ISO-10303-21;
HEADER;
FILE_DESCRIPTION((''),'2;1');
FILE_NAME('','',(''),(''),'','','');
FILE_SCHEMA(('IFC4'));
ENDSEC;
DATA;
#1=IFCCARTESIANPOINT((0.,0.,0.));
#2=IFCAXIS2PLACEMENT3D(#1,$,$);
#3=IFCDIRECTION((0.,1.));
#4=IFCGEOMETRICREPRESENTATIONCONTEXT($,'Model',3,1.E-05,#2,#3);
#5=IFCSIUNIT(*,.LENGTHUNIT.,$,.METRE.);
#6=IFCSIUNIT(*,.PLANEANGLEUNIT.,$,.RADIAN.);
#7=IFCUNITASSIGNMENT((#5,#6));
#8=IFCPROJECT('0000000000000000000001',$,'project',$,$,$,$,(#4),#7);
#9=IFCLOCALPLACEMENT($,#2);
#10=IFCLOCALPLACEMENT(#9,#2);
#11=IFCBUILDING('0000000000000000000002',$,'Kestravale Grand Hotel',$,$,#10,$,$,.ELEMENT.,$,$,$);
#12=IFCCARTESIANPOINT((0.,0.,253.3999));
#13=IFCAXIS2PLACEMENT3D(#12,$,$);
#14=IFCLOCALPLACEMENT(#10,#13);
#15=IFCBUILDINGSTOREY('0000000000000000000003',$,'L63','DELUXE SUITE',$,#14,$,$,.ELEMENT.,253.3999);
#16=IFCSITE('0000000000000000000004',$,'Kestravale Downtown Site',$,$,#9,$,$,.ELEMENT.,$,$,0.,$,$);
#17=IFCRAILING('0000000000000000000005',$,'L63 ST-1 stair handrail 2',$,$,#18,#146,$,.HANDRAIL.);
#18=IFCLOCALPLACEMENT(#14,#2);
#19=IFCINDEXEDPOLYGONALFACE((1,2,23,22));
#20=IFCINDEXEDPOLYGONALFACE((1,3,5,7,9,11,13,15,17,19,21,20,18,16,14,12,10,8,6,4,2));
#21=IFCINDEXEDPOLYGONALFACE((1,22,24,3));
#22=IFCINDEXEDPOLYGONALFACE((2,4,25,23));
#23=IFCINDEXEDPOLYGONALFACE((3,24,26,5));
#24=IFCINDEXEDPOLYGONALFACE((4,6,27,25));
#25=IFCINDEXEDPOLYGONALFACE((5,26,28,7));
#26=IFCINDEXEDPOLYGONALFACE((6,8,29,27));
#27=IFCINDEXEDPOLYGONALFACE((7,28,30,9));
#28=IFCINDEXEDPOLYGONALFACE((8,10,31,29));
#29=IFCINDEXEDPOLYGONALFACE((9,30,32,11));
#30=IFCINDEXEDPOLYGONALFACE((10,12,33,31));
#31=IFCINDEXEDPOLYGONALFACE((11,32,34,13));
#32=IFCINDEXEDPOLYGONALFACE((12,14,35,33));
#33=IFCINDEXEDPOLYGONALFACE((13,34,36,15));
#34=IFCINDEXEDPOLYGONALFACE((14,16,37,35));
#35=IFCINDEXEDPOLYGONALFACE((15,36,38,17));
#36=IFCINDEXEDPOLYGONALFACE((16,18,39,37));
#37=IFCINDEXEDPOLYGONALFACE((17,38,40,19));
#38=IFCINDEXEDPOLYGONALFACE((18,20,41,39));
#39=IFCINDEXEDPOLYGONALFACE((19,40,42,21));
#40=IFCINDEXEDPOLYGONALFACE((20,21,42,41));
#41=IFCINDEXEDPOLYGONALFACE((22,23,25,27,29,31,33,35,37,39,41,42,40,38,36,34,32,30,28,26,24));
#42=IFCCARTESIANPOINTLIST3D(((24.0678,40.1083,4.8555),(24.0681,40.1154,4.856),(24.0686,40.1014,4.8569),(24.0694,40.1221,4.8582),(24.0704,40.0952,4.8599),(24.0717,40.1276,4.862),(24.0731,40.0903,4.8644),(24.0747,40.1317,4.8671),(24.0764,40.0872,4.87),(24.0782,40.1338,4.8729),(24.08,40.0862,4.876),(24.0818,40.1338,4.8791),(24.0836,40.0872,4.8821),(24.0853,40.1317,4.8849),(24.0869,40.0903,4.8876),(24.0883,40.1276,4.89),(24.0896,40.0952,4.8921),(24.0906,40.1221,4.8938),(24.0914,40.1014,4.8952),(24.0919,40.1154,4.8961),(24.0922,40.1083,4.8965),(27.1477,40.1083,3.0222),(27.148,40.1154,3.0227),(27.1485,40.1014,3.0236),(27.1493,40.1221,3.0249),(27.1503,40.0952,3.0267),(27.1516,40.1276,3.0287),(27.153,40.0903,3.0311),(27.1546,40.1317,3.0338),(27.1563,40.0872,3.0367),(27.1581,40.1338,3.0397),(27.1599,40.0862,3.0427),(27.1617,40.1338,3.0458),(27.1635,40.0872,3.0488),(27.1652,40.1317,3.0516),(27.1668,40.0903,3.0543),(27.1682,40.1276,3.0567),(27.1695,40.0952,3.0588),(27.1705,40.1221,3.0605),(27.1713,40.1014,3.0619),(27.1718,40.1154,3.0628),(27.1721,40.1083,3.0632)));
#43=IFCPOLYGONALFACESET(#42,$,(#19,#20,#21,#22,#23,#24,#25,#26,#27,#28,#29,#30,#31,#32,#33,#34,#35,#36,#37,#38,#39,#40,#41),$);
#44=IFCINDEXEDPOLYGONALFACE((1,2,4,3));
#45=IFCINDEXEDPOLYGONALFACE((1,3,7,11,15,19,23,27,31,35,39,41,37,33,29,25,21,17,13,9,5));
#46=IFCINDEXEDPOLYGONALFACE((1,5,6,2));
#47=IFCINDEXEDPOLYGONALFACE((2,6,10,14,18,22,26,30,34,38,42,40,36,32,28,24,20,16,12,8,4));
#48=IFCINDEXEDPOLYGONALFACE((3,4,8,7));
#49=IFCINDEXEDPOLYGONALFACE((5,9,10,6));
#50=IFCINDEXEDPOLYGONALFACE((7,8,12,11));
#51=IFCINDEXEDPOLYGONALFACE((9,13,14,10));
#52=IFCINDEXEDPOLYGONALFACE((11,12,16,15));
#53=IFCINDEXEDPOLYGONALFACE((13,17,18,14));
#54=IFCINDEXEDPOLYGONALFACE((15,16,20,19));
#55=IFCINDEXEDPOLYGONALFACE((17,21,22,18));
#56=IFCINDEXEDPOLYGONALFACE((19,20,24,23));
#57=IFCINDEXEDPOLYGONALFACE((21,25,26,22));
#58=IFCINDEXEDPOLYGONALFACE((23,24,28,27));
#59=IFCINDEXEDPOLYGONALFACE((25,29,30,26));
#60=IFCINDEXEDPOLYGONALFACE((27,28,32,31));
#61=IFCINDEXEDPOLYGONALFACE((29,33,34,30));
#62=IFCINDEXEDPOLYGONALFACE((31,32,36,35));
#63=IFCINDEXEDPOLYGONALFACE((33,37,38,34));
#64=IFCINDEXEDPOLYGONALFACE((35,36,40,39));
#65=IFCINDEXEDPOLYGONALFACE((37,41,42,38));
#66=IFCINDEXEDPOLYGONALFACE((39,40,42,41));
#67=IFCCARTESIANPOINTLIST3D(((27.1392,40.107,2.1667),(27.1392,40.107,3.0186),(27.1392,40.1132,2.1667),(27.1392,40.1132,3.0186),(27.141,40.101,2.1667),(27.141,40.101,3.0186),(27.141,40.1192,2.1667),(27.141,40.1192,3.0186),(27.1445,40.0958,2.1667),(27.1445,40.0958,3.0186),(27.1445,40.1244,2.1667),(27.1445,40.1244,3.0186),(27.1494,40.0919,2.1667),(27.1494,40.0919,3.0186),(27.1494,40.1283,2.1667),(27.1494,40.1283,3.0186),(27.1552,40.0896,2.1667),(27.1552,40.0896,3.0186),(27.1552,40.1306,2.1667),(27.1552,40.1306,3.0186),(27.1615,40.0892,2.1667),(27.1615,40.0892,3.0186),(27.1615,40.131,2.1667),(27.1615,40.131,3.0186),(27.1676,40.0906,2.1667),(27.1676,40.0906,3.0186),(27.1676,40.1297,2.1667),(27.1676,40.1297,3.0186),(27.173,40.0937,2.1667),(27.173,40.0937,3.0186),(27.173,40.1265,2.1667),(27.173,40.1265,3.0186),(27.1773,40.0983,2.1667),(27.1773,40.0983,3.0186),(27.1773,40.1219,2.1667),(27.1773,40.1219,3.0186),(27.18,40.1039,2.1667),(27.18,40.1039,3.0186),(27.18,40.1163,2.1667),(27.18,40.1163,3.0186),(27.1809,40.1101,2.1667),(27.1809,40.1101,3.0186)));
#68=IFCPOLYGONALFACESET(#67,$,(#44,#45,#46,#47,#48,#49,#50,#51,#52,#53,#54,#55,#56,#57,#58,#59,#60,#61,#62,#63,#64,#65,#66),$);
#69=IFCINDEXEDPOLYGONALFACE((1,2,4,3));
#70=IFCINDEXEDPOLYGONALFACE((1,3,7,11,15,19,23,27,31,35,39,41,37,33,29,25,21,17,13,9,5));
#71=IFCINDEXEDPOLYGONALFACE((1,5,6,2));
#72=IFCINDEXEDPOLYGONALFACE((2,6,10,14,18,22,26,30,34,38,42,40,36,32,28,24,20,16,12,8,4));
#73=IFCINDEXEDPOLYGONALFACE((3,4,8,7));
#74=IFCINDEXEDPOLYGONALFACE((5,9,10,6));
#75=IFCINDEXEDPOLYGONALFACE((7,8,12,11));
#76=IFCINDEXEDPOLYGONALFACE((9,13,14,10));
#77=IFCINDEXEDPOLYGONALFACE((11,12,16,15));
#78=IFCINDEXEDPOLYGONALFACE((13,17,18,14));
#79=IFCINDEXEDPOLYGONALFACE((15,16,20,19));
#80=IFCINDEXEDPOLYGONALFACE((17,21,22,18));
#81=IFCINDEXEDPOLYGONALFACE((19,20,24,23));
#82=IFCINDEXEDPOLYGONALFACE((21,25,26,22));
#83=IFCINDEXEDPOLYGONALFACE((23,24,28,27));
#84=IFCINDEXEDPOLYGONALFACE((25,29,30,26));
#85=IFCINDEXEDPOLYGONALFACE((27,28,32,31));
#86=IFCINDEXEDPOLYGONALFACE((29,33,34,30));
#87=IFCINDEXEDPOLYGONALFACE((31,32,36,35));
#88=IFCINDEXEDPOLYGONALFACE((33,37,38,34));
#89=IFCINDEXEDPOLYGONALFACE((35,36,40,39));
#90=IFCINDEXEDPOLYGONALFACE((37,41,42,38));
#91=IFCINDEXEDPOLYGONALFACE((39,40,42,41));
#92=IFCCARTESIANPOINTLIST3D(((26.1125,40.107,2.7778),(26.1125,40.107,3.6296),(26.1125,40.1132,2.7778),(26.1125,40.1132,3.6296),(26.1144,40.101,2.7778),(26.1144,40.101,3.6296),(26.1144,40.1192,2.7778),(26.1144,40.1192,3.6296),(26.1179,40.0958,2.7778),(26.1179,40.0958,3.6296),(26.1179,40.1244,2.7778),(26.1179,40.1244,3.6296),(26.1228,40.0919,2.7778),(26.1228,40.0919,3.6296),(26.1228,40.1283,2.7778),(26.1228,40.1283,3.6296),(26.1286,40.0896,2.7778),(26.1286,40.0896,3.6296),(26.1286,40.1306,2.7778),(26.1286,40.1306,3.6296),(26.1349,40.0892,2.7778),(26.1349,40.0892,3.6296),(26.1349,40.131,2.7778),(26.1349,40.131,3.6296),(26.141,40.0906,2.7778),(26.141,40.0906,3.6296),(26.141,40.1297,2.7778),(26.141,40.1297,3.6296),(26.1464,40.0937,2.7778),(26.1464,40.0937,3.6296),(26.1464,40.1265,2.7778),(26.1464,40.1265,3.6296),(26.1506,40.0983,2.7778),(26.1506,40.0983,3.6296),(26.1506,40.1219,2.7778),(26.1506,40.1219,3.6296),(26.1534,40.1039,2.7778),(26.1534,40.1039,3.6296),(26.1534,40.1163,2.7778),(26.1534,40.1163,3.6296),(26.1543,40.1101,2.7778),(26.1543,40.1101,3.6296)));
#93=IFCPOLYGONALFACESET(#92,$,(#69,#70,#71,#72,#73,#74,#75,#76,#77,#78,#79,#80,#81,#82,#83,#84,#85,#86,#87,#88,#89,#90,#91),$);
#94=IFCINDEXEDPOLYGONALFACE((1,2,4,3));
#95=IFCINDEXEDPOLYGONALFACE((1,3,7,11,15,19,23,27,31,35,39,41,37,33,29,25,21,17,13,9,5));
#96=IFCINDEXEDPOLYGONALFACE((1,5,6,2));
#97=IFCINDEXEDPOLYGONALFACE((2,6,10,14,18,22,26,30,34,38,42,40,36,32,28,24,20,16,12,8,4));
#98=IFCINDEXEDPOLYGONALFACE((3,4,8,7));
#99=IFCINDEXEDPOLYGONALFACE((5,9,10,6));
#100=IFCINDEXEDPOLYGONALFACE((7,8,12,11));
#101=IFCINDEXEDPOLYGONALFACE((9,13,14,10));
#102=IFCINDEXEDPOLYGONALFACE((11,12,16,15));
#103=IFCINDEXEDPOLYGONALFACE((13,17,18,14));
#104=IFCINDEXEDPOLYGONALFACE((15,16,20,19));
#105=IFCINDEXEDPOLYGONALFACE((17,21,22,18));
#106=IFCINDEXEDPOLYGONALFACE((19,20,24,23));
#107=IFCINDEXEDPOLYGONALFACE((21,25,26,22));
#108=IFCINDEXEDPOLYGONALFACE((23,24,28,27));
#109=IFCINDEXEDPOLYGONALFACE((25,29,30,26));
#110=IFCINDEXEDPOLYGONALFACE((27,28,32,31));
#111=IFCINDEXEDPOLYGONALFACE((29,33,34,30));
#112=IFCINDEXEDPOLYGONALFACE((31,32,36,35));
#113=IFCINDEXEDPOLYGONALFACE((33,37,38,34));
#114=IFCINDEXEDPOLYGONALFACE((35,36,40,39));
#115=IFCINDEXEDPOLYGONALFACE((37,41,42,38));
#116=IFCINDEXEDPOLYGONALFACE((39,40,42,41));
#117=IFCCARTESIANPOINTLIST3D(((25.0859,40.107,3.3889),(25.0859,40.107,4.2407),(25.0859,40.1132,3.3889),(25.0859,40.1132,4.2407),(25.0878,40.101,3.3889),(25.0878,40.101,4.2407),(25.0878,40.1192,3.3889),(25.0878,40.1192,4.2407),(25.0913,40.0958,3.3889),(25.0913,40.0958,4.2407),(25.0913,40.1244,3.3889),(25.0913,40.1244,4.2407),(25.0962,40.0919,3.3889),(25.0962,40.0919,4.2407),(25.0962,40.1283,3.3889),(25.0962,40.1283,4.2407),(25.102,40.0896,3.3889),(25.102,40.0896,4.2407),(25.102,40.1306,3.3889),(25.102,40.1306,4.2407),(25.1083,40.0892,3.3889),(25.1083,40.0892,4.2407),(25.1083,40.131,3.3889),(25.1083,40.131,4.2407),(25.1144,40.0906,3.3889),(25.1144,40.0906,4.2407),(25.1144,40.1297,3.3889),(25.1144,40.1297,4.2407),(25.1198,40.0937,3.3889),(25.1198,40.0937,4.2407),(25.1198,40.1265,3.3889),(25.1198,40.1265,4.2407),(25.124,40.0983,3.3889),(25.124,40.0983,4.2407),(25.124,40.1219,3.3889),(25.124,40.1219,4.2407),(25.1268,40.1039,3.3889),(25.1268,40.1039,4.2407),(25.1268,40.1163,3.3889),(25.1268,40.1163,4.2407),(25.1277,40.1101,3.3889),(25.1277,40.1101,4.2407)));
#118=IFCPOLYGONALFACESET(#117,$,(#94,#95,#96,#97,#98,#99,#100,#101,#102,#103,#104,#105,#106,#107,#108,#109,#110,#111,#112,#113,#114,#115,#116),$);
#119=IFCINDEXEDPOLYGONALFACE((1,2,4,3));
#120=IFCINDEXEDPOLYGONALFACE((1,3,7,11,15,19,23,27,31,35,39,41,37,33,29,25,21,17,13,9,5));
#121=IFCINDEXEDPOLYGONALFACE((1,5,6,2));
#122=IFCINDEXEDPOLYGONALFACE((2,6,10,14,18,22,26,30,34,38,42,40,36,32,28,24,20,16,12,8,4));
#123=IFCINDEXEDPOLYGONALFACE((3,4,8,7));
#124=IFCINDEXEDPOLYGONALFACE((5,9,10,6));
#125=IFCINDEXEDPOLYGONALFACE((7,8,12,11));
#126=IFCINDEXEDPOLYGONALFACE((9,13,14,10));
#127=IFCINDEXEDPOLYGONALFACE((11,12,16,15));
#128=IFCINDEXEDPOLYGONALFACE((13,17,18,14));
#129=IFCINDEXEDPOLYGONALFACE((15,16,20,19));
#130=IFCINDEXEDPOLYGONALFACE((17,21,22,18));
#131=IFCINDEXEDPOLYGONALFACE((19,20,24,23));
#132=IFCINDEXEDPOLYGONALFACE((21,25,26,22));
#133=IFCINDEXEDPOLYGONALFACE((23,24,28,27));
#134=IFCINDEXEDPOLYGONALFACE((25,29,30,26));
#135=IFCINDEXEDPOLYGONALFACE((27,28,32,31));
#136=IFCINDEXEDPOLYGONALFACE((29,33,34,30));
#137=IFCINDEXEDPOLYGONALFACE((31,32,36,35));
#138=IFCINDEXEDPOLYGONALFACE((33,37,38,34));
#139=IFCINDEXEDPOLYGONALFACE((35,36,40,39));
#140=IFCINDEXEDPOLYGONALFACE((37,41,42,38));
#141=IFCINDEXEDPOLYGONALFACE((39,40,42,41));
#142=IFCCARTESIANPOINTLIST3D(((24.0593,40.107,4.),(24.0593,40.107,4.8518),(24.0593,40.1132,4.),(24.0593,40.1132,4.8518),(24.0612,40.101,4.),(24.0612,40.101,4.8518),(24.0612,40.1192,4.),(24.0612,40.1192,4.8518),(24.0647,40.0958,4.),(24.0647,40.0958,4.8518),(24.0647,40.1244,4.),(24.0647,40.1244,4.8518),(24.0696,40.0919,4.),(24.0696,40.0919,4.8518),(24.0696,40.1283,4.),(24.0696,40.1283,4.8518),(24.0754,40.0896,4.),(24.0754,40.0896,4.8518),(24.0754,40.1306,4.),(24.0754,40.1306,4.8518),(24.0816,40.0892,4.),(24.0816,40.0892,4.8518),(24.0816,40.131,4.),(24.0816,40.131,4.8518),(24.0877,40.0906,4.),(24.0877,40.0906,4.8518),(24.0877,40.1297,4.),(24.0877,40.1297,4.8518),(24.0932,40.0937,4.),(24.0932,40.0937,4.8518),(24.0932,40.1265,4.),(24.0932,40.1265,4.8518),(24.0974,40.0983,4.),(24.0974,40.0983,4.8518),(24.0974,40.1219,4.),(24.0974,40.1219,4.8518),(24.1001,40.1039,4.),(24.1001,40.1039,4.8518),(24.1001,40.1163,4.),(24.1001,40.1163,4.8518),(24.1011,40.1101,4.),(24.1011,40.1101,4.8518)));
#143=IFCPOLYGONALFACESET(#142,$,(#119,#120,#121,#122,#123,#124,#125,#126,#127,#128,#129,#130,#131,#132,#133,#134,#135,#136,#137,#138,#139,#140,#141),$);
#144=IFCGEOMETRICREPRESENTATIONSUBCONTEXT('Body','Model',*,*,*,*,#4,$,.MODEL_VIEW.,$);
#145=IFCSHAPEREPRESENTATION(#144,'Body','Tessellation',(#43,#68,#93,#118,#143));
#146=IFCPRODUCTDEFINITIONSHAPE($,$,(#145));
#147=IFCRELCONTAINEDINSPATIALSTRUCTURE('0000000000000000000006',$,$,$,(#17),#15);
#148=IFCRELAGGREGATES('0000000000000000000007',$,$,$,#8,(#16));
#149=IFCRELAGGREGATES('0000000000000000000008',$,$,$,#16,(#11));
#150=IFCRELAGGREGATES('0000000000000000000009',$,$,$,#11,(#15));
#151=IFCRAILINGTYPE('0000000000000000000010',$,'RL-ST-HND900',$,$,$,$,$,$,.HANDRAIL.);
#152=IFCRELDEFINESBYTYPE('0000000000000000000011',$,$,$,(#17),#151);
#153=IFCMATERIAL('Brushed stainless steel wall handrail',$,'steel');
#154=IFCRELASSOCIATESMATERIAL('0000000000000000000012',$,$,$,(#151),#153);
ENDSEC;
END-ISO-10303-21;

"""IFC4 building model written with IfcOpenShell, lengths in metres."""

from ifc_helpers import new_model, si_unit, direction, frame, origin, origin_2d, place, context, subcontext, project, spatial, circle, extrude, material, type_object, element, save


model = new_model("IFC4")

# Units and contexts
model_context = context("Model", 3, precision=1e-05, world=origin(), true_north=direction((0.0, 1.0)))
body_context = subcontext(model_context, "Body", "Model", "MODEL_VIEW")
ifc_project = project(units=[si_unit("LENGTHUNIT", "METRE"), si_unit("PLANEANGLEUNIT", "RADIAN")], contexts=[model_context])

# Site, building, storey
site_placement = place(None, origin())
site = spatial("IfcSite", under=ifc_project, at=site_placement, Name="Kestravale Downtown Site", CompositionType="ELEMENT", RefElevation=0.0)
building_placement = place(site_placement, origin())
building = spatial("IfcBuilding", under=site, at=building_placement, Name="Kestravale Grand Hotel", CompositionType="ELEMENT")
storey_placement = place(building_placement, frame((0.0, 0.0, 253.3999)))
storey = spatial("IfcBuildingStorey", under=building, at=storey_placement, Name="L63", Description="DELUXE SUITE", CompositionType="ELEMENT", Elevation=253.3999)

# Railing
ifc_material_1 = material(Name="Brushed stainless steel wall handrail", Category="steel")
railing_type_1 = type_object("IfcRailingType", Name="RL-ST-HND900", PredefinedType="HANDRAIL", material=ifc_material_1)
railing_1_placement = place(storey_placement, frame((27.1599, 40.1101, 2.1667)))
element("IfcRailing", 1, at=railing_1_placement, inside=storey, type_object=railing_type_1, Name="L63 ST-1 stair handrail 2", PredefinedType="HANDRAIL", context=body_context, shape_type="SweptSolid", body=[
    extrude(circle(Radius=0.0239, at=origin_2d()), frame((0.0, 0.0, 0.876), z_axis=(-0.859291, 0.0, 0.511487), x_axis=(0.0, -1.0, 0.0)), (0.0, 0.0, 1.0), 3.5842),
    extrude(circle(Radius=0.021, at=origin_2d()), origin(), (0.0, 0.0, 1.0), 0.8518),
    extrude(circle(Radius=0.021, at=origin_2d()), frame((-1.0266, 0.0, 0.6111)), (0.0, 0.0, 1.0), 0.8518),
    extrude(circle(Radius=0.021, at=origin_2d()), frame((-2.0532, 0.0, 1.2222)), (0.0, 0.0, 1.0), 0.8518),
    extrude(circle(Radius=0.021, at=origin_2d()), frame((-3.0798, 0.0, 1.8333)), (0.0, 0.0, 1.0), 0.8518),
])

save(model, "model.ifc")
